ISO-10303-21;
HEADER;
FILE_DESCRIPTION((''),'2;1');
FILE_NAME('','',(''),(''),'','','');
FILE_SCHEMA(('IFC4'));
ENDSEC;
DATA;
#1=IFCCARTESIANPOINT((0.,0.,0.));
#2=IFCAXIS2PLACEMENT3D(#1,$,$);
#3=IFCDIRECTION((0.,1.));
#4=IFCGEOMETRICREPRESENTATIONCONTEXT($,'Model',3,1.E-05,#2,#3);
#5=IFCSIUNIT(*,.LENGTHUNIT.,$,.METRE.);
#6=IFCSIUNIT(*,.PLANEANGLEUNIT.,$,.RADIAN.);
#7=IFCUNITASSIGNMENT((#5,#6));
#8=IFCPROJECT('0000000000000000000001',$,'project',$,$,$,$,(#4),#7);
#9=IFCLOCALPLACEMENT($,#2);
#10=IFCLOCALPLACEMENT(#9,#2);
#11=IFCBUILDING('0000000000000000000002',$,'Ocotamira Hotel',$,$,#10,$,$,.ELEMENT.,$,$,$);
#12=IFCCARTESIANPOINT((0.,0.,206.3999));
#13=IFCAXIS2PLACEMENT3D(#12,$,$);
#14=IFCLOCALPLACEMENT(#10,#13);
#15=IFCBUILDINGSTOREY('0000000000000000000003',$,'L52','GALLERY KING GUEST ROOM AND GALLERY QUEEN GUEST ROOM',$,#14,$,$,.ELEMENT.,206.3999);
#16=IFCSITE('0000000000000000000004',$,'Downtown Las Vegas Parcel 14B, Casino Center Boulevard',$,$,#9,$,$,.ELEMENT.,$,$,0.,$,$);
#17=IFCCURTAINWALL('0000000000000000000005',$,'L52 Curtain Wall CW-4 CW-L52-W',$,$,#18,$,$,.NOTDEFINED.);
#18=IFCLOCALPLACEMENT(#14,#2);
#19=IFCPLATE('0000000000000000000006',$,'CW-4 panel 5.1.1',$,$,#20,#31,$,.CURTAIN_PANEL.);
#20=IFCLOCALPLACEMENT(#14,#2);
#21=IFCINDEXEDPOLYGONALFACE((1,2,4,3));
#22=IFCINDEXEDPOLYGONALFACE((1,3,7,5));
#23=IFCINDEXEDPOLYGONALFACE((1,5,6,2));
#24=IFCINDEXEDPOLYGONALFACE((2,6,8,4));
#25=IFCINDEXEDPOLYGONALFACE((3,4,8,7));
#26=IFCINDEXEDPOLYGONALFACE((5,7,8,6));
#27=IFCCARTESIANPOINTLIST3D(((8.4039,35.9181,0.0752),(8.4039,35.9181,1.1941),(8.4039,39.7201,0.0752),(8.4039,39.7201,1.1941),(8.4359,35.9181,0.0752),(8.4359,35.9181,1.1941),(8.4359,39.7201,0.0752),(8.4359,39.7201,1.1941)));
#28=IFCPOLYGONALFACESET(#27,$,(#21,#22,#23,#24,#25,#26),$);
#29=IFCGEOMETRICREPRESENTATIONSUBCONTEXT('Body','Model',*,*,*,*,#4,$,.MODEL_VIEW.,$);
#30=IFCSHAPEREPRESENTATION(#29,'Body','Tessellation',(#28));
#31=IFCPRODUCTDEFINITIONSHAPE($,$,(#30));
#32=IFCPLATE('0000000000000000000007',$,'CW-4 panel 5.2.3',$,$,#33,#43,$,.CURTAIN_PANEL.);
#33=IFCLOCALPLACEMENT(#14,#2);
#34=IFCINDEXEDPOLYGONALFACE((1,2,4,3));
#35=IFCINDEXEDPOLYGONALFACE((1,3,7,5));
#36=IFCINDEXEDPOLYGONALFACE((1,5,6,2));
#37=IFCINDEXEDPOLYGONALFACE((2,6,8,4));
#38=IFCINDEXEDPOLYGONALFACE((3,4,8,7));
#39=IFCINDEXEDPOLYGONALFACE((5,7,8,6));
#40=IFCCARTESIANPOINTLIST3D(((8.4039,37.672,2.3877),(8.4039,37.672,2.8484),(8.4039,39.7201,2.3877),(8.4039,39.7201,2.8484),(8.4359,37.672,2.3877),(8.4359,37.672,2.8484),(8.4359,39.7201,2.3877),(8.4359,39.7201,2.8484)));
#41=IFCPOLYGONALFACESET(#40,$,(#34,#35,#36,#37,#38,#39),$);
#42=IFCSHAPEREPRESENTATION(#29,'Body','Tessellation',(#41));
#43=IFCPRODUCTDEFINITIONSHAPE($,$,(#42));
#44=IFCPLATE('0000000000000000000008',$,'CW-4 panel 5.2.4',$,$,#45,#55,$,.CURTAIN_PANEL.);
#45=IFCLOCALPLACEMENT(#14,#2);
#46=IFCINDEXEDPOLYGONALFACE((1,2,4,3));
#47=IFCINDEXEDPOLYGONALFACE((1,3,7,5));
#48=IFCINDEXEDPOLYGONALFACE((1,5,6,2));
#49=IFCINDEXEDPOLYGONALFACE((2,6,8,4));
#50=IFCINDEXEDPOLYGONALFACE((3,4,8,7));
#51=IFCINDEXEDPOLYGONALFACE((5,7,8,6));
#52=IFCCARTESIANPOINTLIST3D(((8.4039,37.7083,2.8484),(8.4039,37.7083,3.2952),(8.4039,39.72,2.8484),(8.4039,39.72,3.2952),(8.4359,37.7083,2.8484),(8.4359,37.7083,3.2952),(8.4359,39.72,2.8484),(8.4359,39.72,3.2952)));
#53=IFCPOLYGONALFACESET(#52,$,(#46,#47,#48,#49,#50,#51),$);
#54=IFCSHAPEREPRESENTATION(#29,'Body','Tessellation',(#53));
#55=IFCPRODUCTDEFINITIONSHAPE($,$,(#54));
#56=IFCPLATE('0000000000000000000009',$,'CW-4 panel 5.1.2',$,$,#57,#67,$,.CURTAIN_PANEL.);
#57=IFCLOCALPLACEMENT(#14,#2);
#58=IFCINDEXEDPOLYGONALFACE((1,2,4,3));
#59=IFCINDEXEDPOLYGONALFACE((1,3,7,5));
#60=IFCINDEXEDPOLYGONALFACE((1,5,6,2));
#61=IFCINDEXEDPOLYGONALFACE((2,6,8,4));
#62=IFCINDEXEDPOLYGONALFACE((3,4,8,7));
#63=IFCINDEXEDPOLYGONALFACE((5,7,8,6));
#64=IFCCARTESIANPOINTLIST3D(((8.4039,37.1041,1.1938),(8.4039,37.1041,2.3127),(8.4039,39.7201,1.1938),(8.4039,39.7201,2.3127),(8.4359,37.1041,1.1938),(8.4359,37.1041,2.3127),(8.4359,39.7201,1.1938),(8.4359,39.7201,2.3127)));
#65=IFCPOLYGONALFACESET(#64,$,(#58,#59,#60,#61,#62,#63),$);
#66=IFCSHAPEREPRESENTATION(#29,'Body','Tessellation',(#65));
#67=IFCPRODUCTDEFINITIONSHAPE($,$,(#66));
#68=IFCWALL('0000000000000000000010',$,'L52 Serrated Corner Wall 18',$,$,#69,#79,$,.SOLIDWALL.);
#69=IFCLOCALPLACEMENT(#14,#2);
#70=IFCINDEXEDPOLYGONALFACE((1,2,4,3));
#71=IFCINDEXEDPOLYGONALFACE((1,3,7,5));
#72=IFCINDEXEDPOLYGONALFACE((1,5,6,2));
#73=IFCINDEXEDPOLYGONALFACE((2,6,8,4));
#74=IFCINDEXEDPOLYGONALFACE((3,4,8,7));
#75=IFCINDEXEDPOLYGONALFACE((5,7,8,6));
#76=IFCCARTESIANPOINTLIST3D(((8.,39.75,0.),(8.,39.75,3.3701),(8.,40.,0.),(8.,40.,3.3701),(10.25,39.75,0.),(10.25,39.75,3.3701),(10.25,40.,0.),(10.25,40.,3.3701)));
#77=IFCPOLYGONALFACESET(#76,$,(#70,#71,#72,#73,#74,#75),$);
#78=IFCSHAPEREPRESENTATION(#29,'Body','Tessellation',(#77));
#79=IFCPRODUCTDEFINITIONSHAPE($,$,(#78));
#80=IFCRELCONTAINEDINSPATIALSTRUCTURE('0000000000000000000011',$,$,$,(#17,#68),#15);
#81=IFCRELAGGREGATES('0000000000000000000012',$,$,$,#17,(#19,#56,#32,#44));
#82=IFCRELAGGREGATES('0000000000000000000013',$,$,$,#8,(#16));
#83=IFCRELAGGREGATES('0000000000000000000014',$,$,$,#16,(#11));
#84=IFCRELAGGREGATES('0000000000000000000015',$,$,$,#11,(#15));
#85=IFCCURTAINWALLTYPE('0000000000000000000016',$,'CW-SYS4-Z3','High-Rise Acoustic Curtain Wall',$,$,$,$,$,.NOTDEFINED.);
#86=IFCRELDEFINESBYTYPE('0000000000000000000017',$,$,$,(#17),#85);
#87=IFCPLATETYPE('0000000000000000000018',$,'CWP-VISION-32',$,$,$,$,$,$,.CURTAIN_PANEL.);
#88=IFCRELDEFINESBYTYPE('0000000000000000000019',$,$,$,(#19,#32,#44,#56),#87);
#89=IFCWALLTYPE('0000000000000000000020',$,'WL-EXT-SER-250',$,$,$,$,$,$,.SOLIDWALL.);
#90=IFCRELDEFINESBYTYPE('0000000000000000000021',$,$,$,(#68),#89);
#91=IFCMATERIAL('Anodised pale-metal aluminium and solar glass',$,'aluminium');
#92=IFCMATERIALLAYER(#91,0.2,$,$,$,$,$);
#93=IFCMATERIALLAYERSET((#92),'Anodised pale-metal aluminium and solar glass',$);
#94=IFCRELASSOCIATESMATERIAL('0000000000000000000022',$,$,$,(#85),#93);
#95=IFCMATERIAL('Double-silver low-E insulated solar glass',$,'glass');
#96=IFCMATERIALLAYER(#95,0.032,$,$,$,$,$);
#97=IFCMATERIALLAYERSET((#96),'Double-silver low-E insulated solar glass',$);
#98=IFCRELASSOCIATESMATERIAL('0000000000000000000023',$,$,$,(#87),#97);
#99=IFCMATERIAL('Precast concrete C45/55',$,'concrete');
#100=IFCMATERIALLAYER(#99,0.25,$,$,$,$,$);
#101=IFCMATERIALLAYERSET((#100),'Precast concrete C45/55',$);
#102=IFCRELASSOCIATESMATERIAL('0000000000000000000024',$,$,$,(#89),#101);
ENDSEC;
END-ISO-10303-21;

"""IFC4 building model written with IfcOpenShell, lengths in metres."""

from ifc_helpers import new_model, si_unit, direction, frame, frame_2d, origin, origin_2d, place, context, subcontext, project, spatial, rectangle, extrude, source, transform, mapped, material, layer, layer_set, type_object, element, aggregate, save


model = new_model("IFC4")

# Units and contexts
model_context = context("Model", 3, precision=1e-05, world=origin(), true_north=direction((0.0, 1.0)))
body_context = subcontext(model_context, "Body", "Model", "MODEL_VIEW")
ifc_project = project(units=[si_unit("LENGTHUNIT", "METRE"), si_unit("PLANEANGLEUNIT", "RADIAN")], contexts=[model_context])

# Site, building, storey
site_placement = place(None, origin())
site = spatial("IfcSite", under=ifc_project, at=site_placement, Name="Downtown Las Vegas Parcel 14B, Casino Center Boulevard", CompositionType="ELEMENT", RefElevation=0.0)
building_placement = place(site_placement, origin())
building = spatial("IfcBuilding", under=site, at=building_placement, Name="Ocotamira Hotel", CompositionType="ELEMENT")
storey_placement = place(building_placement, frame((0.0, 0.0, 206.3999)))
storey = spatial("IfcBuildingStorey", under=building, at=storey_placement, Name="L52", Description="GALLERY KING GUEST ROOM AND GALLERY QUEEN GUEST ROOM", CompositionType="ELEMENT", Elevation=206.3999)

# Curtain wall
ifc_material_1 = material(Name="Anodised pale-metal aluminium and solar glass", Category="aluminium")
ifc_layer_1 = layer(ifc_material_1, 0.2)
ifc_layer_set_1 = layer_set([ifc_layer_1], Name="Anodised pale-metal aluminium and solar glass")
curtain_wall_type = type_object("IfcCurtainWallType", Name="CW-SYS4-Z3", Description="High-Rise Acoustic Curtain Wall", PredefinedType="NOTDEFINED", material=ifc_layer_set_1)
curtain_wall_placement = place(storey_placement, origin())
curtain_wall = element("IfcCurtainWall", 1, at=curtain_wall_placement, inside=storey, type_object=curtain_wall_type, Name="L52 Curtain Wall CW-4 CW-L52-W", PredefinedType="NOTDEFINED")

# Plates
ifc_material_2 = material(Name="Double-silver low-E insulated solar glass", Category="glass")
ifc_layer_2 = layer(ifc_material_2, 0.032)
ifc_layer_set_2 = layer_set([ifc_layer_2], Name="Double-silver low-E insulated solar glass")
plate_type_1 = type_object("IfcPlateType", Name="CWP-VISION-32", PredefinedType="CURTAIN_PANEL", material=ifc_layer_set_2)
shared_shape_1 = source(origin(), body_context, "Body", "SweptSolid", [
    extrude(rectangle(XDim=3.802, YDim=0.032, at=origin_2d()), origin(), (0.0, 0.0, 1.0), 1.1189),
])
plate_1_placement = place(storey_placement, frame((8.4199, 37.8191, 0.0752), z_axis=(0.0, 0.0, 1.0), x_axis=(0.0, 1.0, 0.0)))
plate_1 = element("IfcPlate", 2, at=plate_1_placement, type_object=plate_type_1, Name="CW-4 panel 5.1.1", PredefinedType="CURTAIN_PANEL", context=body_context, shape_type="MappedRepresentation", body=[
    mapped(shared_shape_1, transform((0.0, 0.0, 0.0), scale=1.0)),
])
shared_shape_2 = source(origin(), body_context, "Body", "SweptSolid", [
    extrude(rectangle(XDim=2.0481, YDim=0.032, at=origin_2d()), origin(), (0.0, 0.0, 1.0), 0.4607),
])
plate_2_placement = place(storey_placement, frame((8.4199, 38.696, 2.3877), z_axis=(0.0, 0.0, 1.0), x_axis=(0.0, 1.0, 0.0)))
plate_2 = element("IfcPlate", 3, at=plate_2_placement, type_object=plate_type_1, Name="CW-4 panel 5.2.3", PredefinedType="CURTAIN_PANEL", context=body_context, shape_type="MappedRepresentation", body=[
    mapped(shared_shape_2, transform((0.0, 0.0, 0.0), scale=1.0)),
])
shared_shape_3 = source(origin(), body_context, "Body", "SweptSolid", [
    extrude(rectangle(XDim=2.0117, YDim=0.032, at=origin_2d()), origin(), (0.0, 0.0, 1.0), 0.4468),
])
plate_3_placement = place(storey_placement, frame((8.4199, 38.7141, 2.8484), z_axis=(0.0, 0.0, 1.0), x_axis=(0.0, 1.0, 0.0)))
plate_3 = element("IfcPlate", 4, at=plate_3_placement, type_object=plate_type_1, Name="CW-4 panel 5.2.4", PredefinedType="CURTAIN_PANEL", context=body_context, shape_type="MappedRepresentation", body=[
    mapped(shared_shape_3, transform((0.0, 0.0, 0.0), scale=1.0)),
])
shared_shape_4 = source(origin(), body_context, "Body", "SweptSolid", [
    extrude(rectangle(XDim=2.616, YDim=0.032, at=origin_2d()), origin(), (0.0, 0.0, 1.0), 1.1189),
])
plate_4_placement = place(storey_placement, frame((8.4199, 38.4121, 1.1938), z_axis=(0.0, 0.0, 1.0), x_axis=(0.0, 1.0, 0.0)))
plate_4 = element("IfcPlate", 5, at=plate_4_placement, type_object=plate_type_1, Name="CW-4 panel 5.1.2", PredefinedType="CURTAIN_PANEL", context=body_context, shape_type="MappedRepresentation", body=[
    mapped(shared_shape_4, transform((0.0, 0.0, 0.0), scale=1.0)),
])
aggregate(curtain_wall, [plate_1, plate_4, plate_2, plate_3])

# Wall
ifc_material_3 = material(Name="Precast concrete C45/55", Category="concrete")
ifc_layer_3 = layer(ifc_material_3, 0.25)
ifc_layer_set_3 = layer_set([ifc_layer_3], Name="Precast concrete C45/55")
wall_type_1 = type_object("IfcWallType", Name="WL-EXT-SER-250", PredefinedType="SOLIDWALL", material=ifc_layer_set_3)
wall_1_placement = place(storey_placement, frame((10.25, 39.875, 0.0), z_axis=(0.0, 0.0, 1.0), x_axis=(-1.0, 0.0, 0.0)))
element("IfcWall", 6, at=wall_1_placement, inside=storey, type_object=wall_type_1, Name="L52 Serrated Corner Wall 18", PredefinedType="SOLIDWALL", context=body_context, shape_type="SweptSolid", body=[
    extrude(rectangle(XDim=2.25, YDim=0.25, at=frame_2d((1.125, 0.0))), origin(), (0.0, 0.0, 1.0), 3.3701),
])

save(model, "model.ifc")
